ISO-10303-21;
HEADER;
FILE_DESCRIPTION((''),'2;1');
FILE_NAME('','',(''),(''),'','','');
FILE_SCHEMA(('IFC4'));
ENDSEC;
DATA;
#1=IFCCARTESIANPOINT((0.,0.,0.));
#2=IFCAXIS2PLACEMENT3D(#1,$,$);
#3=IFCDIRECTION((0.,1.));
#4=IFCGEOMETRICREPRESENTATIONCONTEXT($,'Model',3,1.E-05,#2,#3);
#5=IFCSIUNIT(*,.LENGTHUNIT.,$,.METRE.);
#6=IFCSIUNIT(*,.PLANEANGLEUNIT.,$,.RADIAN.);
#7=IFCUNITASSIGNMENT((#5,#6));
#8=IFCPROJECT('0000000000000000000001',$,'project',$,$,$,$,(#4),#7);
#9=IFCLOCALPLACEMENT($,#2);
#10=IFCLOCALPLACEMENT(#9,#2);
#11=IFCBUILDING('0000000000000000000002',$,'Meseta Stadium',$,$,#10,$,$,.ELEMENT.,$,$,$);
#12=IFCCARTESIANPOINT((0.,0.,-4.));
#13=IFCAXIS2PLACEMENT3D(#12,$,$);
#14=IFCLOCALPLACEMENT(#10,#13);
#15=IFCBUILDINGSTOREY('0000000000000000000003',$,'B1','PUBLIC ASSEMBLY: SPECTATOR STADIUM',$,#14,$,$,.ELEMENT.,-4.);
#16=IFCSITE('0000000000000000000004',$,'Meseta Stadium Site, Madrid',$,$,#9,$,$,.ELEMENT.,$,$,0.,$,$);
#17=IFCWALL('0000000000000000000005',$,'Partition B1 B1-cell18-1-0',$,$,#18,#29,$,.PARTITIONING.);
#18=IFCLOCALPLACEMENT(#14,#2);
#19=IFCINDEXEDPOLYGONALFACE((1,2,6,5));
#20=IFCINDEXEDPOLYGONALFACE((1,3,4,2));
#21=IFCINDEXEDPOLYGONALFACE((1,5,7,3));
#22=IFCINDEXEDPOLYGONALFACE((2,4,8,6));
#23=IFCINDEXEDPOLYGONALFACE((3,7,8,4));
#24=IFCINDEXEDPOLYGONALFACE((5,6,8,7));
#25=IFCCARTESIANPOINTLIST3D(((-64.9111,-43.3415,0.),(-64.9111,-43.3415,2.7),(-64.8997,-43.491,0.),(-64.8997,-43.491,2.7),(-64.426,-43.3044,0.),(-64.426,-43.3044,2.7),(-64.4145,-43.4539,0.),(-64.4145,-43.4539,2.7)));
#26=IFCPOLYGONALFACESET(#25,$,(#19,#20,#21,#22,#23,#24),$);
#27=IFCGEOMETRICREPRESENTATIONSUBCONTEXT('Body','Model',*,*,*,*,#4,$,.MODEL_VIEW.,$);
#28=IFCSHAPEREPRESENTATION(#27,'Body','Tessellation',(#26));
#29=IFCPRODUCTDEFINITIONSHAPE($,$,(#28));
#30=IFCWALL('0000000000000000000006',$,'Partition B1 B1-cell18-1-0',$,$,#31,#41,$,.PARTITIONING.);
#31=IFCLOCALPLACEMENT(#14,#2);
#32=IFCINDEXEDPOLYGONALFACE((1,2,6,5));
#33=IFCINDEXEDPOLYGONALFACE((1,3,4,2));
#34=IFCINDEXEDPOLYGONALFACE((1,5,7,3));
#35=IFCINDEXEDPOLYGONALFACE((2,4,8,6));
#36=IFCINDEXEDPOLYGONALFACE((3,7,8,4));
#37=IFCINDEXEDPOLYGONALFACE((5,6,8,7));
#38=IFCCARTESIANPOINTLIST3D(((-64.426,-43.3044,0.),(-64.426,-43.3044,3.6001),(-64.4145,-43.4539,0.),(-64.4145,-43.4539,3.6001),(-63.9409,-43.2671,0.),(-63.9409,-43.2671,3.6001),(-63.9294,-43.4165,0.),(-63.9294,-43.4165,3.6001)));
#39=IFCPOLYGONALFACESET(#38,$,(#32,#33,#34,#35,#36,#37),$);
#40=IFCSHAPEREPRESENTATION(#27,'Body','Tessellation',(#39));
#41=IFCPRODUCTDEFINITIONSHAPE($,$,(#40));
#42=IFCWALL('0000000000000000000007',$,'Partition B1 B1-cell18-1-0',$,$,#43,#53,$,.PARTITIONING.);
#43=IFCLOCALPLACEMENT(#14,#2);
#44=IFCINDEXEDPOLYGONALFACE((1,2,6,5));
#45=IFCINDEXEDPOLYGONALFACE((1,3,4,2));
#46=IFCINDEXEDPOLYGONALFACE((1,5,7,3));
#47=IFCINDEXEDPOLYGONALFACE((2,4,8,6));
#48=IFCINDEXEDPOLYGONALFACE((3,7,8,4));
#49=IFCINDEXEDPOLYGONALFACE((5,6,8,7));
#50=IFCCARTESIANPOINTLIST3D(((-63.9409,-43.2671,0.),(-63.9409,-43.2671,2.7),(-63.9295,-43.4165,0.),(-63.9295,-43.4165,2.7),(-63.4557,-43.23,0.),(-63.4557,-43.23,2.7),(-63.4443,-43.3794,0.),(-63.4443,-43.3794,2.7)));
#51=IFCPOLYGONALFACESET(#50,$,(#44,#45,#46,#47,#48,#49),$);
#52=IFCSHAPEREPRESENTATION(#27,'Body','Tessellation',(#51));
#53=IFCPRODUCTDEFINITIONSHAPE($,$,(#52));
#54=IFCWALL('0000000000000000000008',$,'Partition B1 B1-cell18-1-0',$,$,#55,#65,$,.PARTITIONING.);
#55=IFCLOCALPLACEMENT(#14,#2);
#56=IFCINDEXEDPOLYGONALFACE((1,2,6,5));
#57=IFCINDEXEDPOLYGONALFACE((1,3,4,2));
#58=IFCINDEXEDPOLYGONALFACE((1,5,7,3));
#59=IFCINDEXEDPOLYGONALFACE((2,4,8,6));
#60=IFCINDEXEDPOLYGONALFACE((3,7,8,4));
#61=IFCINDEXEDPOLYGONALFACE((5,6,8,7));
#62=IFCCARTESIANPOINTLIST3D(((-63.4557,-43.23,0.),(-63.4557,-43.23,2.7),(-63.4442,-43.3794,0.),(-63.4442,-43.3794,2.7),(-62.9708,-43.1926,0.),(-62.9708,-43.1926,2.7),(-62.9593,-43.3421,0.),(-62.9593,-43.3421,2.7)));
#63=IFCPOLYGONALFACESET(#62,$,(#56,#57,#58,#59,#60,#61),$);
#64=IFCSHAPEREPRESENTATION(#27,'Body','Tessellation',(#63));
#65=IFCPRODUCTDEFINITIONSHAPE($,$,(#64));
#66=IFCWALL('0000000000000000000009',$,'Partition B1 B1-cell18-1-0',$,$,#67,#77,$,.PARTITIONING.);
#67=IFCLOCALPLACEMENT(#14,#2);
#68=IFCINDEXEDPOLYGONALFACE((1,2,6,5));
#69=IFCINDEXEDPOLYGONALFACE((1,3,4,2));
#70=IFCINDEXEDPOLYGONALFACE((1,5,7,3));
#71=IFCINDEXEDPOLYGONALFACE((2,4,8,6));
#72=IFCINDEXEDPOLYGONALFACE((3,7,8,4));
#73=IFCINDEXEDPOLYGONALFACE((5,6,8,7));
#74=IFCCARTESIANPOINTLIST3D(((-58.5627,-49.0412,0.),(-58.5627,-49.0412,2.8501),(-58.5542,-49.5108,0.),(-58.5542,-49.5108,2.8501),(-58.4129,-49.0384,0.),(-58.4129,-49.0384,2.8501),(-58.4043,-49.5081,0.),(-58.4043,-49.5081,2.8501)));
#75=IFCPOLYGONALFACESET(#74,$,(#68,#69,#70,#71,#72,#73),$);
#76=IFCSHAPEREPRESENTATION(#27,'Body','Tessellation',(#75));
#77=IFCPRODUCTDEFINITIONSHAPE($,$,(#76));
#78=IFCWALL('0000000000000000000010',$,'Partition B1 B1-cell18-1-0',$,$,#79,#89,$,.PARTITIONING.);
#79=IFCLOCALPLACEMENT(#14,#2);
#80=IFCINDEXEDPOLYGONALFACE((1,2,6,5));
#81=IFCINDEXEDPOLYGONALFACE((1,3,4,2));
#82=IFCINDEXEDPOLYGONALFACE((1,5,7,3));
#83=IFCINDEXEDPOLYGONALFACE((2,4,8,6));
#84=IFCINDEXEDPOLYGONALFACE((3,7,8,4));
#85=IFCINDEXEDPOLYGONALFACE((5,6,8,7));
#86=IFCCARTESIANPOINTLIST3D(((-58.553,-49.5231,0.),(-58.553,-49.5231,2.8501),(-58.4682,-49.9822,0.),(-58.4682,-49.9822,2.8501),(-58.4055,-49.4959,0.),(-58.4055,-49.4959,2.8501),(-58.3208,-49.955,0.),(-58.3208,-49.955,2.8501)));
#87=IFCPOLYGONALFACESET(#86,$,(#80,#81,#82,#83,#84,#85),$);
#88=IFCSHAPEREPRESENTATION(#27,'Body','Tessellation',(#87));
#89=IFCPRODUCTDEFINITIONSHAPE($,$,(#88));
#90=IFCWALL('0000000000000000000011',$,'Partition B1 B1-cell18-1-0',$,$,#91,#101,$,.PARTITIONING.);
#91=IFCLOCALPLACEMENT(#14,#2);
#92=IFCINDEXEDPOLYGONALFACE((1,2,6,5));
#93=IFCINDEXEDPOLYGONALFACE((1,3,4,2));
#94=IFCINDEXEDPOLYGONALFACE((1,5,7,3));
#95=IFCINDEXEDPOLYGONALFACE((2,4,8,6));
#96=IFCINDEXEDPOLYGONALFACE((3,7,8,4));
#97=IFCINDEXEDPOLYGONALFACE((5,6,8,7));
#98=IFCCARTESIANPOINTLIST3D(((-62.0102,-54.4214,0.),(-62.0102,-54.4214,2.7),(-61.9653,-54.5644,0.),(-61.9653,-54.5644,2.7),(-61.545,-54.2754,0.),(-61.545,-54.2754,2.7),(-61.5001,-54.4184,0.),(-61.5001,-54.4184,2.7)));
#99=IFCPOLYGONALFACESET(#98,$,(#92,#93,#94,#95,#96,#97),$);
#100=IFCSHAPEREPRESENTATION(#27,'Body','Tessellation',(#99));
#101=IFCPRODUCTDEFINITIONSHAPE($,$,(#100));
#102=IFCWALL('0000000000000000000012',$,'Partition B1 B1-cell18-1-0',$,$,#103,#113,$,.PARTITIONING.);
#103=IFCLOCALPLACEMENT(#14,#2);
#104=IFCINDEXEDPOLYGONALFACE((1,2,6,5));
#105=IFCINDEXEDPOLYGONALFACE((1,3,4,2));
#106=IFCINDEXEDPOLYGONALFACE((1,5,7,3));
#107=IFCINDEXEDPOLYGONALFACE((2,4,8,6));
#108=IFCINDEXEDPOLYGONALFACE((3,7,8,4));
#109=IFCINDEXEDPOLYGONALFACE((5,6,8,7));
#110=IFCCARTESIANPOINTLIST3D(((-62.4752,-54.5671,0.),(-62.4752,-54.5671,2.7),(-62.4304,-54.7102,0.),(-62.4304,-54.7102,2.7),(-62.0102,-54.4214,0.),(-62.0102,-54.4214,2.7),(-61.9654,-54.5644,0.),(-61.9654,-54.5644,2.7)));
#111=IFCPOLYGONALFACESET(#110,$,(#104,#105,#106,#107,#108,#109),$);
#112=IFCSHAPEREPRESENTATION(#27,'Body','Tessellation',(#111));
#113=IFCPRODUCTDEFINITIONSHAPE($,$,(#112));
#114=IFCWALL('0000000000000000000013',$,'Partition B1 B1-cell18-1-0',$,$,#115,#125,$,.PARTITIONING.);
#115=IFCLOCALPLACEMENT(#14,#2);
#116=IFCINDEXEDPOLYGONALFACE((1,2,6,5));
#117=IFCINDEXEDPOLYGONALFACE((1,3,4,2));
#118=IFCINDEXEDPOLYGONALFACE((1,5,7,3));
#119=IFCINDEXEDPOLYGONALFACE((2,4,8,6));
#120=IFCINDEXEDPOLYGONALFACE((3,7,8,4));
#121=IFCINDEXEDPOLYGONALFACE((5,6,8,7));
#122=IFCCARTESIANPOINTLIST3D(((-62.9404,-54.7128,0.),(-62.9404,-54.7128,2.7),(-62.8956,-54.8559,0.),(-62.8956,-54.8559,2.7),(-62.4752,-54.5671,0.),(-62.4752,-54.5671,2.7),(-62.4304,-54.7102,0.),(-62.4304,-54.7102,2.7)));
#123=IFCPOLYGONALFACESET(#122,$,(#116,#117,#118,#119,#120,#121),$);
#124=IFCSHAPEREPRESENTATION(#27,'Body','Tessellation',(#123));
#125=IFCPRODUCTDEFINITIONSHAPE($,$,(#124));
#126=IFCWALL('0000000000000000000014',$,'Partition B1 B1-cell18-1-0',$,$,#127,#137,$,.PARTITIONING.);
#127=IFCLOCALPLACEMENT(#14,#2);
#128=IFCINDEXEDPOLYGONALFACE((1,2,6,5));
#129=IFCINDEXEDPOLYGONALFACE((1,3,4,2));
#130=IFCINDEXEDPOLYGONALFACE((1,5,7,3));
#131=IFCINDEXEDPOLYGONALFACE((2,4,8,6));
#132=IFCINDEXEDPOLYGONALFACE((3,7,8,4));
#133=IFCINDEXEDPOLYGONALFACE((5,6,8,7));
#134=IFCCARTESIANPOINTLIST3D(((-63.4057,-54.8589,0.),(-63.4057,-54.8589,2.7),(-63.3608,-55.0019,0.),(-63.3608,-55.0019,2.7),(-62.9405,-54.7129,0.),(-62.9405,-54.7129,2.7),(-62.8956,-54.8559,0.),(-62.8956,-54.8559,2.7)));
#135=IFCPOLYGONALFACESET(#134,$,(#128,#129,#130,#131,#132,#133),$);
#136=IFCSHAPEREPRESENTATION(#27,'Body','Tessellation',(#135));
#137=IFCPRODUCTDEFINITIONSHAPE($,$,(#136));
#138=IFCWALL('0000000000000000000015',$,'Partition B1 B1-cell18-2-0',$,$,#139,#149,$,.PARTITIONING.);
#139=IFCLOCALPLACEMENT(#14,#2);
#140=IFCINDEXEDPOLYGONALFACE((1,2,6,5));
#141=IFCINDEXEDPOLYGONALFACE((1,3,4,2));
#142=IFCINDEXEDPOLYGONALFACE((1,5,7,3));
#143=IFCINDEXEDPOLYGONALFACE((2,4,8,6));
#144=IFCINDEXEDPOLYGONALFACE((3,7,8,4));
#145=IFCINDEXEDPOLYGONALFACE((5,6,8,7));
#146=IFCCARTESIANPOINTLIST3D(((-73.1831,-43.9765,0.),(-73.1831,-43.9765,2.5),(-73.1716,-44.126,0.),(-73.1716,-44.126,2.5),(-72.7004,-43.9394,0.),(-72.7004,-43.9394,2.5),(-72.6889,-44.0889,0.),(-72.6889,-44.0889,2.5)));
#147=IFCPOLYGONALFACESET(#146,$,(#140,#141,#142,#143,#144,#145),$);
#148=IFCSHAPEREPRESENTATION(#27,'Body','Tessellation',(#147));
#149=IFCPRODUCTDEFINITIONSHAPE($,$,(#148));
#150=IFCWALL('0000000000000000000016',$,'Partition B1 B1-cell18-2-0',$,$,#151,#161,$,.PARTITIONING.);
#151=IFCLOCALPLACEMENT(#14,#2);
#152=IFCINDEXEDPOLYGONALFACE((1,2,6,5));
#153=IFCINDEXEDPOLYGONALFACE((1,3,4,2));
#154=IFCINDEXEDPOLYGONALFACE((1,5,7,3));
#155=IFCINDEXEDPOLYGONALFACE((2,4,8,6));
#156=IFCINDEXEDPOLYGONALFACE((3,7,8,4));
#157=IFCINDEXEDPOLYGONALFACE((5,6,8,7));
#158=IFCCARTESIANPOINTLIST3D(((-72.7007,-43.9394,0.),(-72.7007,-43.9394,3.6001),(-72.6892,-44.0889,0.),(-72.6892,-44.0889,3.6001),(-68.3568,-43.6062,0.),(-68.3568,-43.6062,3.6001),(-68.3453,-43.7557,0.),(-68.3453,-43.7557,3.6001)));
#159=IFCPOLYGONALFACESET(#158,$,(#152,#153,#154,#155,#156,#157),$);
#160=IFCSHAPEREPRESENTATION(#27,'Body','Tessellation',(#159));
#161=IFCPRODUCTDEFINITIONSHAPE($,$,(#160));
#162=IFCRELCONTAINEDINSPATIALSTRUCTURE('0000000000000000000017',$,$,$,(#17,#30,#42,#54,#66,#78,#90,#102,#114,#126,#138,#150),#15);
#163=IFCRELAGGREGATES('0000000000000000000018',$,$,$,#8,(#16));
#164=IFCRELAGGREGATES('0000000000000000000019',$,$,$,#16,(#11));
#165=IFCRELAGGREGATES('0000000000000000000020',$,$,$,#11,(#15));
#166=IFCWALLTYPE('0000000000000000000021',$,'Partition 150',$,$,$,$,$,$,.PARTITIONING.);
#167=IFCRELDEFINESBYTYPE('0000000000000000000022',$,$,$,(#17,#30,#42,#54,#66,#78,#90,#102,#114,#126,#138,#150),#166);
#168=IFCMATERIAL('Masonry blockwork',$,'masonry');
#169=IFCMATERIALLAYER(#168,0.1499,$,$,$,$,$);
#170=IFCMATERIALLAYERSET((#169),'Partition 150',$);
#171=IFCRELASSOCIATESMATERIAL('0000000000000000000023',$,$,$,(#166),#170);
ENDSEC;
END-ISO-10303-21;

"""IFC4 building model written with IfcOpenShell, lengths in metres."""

from ifc_helpers import new_model, si_unit, direction, frame, frame_2d, origin, place, context, subcontext, project, spatial, rectangle, extrude, material, layer, layer_set, type_object, element, save


model = new_model("IFC4")

# Units and contexts
model_context = context("Model", 3, precision=1e-05, world=origin(), true_north=direction((0.0, 1.0)))
body_context = subcontext(model_context, "Body", "Model", "MODEL_VIEW")
ifc_project = project(units=[si_unit("LENGTHUNIT", "METRE"), si_unit("PLANEANGLEUNIT", "RADIAN")], contexts=[model_context])

# Site, building, storey
site_placement = place(None, origin())
site = spatial("IfcSite", under=ifc_project, at=site_placement, Name="Meseta Stadium Site, Madrid", CompositionType="ELEMENT", RefElevation=0.0)
building_placement = place(site_placement, origin())
building = spatial("IfcBuilding", under=site, at=building_placement, Name="Meseta Stadium", CompositionType="ELEMENT")
storey_placement = place(building_placement, frame((0.0, 0.0, -4.0)))
storey = spatial("IfcBuildingStorey", under=building, at=storey_placement, Name="B1", Description="PUBLIC ASSEMBLY: SPECTATOR STADIUM", CompositionType="ELEMENT", Elevation=-4.0)

# Walls
ifc_material_1 = material(Name="Masonry blockwork", Category="masonry")
ifc_layer = layer(ifc_material_1, 0.1499)
ifc_layer_set = layer_set([ifc_layer], Name="Partition 150")
wall_type = type_object("IfcWallType", Name="Partition 150", PredefinedType="PARTITIONING", material=ifc_layer_set)
for number, where, z_axis, x_axis, name in (
    (1, (-64.9053, -43.4163, 0.0), (0.0, 0.0, 1.0), (0.997087, 0.076274, 0.0), "Partition B1 B1-cell18-1-0"),
):
    element("IfcWall", number, at=place(storey_placement, frame(where, z_axis=z_axis, x_axis=x_axis)), inside=storey, type_object=wall_type, Name=name, PredefinedType="PARTITIONING", context=body_context, shape_type="SweptSolid", body=[
        extrude(rectangle(XDim=0.4866, YDim=0.1499, at=frame_2d((0.2432, 0.0))), origin(), (0.0, 0.0, 1.0), 2.7),
    ])
wall_1_placement = place(storey_placement, frame((-64.4202, -43.3792, 0.0), z_axis=(0.0, 0.0, 1.0), x_axis=(0.997049, 0.076773, 0.0)))
element("IfcWall", 2, at=wall_1_placement, inside=storey, type_object=wall_type, Name="Partition B1 B1-cell18-1-0", PredefinedType="PARTITIONING", context=body_context, shape_type="SweptSolid", body=[
    extrude(rectangle(XDim=0.4866, YDim=0.1499, at=frame_2d((0.2432, 0.0))), origin(), (0.0, 0.0, 1.0), 3.6001),
])
wall_2_placement = place(storey_placement, frame((-63.9351, -43.3418, 0.0), z_axis=(0.0, 0.0, 1.0), x_axis=(0.997087, 0.076274, 0.0)))
element("IfcWall", 3, at=wall_2_placement, inside=storey, type_object=wall_type, Name="Partition B1 B1-cell18-1-0", PredefinedType="PARTITIONING", context=body_context, shape_type="SweptSolid", body=[
    extrude(rectangle(XDim=0.4866, YDim=0.1499, at=frame_2d((0.2432, 0.0))), origin(), (0.0, 0.0, 1.0), 2.7),
])
wall_3_placement = place(storey_placement, frame((-63.45, -43.3047, 0.0), z_axis=(0.0, 0.0, 1.0), x_axis=(0.997046, 0.076812, 0.0)))
element("IfcWall", 4, at=wall_3_placement, inside=storey, type_object=wall_type, Name="Partition B1 B1-cell18-1-0", PredefinedType="PARTITIONING", context=body_context, shape_type="SweptSolid", body=[
    extrude(rectangle(XDim=0.4863, YDim=0.1499, at=frame_2d((0.2432, 0.0))), origin(), (0.0, 0.0, 1.0), 2.7),
])
wall_4_placement = place(storey_placement, frame((-58.4878, -49.0398, 0.0), z_axis=(0.0, 0.0, 1.0), x_axis=(0.018188, -0.999835, 0.0)))
element("IfcWall", 5, at=wall_4_placement, inside=storey, type_object=wall_type, Name="Partition B1 B1-cell18-1-0", PredefinedType="PARTITIONING", context=body_context, shape_type="SweptSolid", body=[
    extrude(rectangle(XDim=0.4697, YDim=0.1499, at=frame_2d((0.2349, 0.0))), origin(), (0.0, 0.0, 1.0), 2.8501),
])
wall_5_placement = place(storey_placement, frame((-58.4792, -49.5095, 0.0), z_axis=(0.0, 0.0, 1.0), x_axis=(0.181509, -0.983389, 0.0)))
element("IfcWall", 6, at=wall_5_placement, inside=storey, type_object=wall_type, Name="Partition B1 B1-cell18-1-0", PredefinedType="PARTITIONING", context=body_context, shape_type="SweptSolid", body=[
    extrude(rectangle(XDim=0.4668, YDim=0.1499, at=frame_2d((0.2334, 0.0))), origin(), (0.0, 0.0, 1.0), 2.8501),
])
wall_6_placement = place(storey_placement, frame((-61.5227, -54.3469, 0.0), z_axis=(0.0, 0.0, 1.0), x_axis=(-0.954096, -0.299501, 0.0)))
element("IfcWall", 7, at=wall_6_placement, inside=storey, type_object=wall_type, Name="Partition B1 B1-cell18-1-0", PredefinedType="PARTITIONING", context=body_context, shape_type="SweptSolid", body=[
    extrude(rectangle(XDim=0.4875, YDim=0.1499, at=frame_2d((0.2437, 0.0))), origin(), (0.0, 0.0, 1.0), 2.7),
])
wall_7_placement = place(storey_placement, frame((-61.9878, -54.4929, 0.0), z_axis=(0.0, 0.0, 1.0), x_axis=(-0.954239, -0.299045, 0.0)))
element("IfcWall", 8, at=wall_7_placement, inside=storey, type_object=wall_type, Name="Partition B1 B1-cell18-1-0", PredefinedType="PARTITIONING", context=body_context, shape_type="SweptSolid", body=[
    extrude(rectangle(XDim=0.4873, YDim=0.1499, at=frame_2d((0.2437, 0.0))), origin(), (0.0, 0.0, 1.0), 2.7),
])
for number, where, z_axis, x_axis, name in (
    (9, (-62.4529, -54.6387, 0.0), (0.0, 0.0, 1.0), (-0.954284, -0.298902, 0.0), "Partition B1 B1-cell18-1-0"),
    (10, (-62.9182, -54.7844, 0.0), (0.0, 0.0, 1.0), (-0.954096, -0.299501, 0.0), "Partition B1 B1-cell18-1-0"),
):
    element("IfcWall", number, at=place(storey_placement, frame(where, z_axis=z_axis, x_axis=x_axis)), inside=storey, type_object=wall_type, Name=name, PredefinedType="PARTITIONING", context=body_context, shape_type="SweptSolid", body=[
        extrude(rectangle(XDim=0.4875, YDim=0.1499, at=frame_2d((0.2437, 0.0))), origin(), (0.0, 0.0, 1.0), 2.7),
    ])
wall_8_placement = place(storey_placement, frame((-73.1775, -44.0513, 0.0), z_axis=(0.0, 0.0, 1.0), x_axis=(0.997057, 0.076658, 0.0)))
element("IfcWall", 11, at=wall_8_placement, inside=storey, type_object=wall_type, Name="Partition B1 B1-cell18-2-0", PredefinedType="PARTITIONING", context=body_context, shape_type="SweptSolid", body=[
    extrude(rectangle(XDim=0.4841, YDim=0.1499, at=frame_2d((0.2422, 0.0))), origin(), (0.0, 0.0, 1.0), 2.5),
])
wall_9_placement = place(storey_placement, frame((-72.6948, -44.0142, 0.0), z_axis=(0.0, 0.0, 1.0), x_axis=(0.99707, 0.076491, 0.0)))
element("IfcWall", 12, at=wall_9_placement, inside=storey, type_object=wall_type, Name="Partition B1 B1-cell18-2-0", PredefinedType="PARTITIONING", context=body_context, shape_type="SweptSolid", body=[
    extrude(rectangle(XDim=4.3567, YDim=0.1499, at=frame_2d((2.1782, 0.0))), origin(), (0.0, 0.0, 1.0), 3.6001),
])

save(model, "model.ifc")
